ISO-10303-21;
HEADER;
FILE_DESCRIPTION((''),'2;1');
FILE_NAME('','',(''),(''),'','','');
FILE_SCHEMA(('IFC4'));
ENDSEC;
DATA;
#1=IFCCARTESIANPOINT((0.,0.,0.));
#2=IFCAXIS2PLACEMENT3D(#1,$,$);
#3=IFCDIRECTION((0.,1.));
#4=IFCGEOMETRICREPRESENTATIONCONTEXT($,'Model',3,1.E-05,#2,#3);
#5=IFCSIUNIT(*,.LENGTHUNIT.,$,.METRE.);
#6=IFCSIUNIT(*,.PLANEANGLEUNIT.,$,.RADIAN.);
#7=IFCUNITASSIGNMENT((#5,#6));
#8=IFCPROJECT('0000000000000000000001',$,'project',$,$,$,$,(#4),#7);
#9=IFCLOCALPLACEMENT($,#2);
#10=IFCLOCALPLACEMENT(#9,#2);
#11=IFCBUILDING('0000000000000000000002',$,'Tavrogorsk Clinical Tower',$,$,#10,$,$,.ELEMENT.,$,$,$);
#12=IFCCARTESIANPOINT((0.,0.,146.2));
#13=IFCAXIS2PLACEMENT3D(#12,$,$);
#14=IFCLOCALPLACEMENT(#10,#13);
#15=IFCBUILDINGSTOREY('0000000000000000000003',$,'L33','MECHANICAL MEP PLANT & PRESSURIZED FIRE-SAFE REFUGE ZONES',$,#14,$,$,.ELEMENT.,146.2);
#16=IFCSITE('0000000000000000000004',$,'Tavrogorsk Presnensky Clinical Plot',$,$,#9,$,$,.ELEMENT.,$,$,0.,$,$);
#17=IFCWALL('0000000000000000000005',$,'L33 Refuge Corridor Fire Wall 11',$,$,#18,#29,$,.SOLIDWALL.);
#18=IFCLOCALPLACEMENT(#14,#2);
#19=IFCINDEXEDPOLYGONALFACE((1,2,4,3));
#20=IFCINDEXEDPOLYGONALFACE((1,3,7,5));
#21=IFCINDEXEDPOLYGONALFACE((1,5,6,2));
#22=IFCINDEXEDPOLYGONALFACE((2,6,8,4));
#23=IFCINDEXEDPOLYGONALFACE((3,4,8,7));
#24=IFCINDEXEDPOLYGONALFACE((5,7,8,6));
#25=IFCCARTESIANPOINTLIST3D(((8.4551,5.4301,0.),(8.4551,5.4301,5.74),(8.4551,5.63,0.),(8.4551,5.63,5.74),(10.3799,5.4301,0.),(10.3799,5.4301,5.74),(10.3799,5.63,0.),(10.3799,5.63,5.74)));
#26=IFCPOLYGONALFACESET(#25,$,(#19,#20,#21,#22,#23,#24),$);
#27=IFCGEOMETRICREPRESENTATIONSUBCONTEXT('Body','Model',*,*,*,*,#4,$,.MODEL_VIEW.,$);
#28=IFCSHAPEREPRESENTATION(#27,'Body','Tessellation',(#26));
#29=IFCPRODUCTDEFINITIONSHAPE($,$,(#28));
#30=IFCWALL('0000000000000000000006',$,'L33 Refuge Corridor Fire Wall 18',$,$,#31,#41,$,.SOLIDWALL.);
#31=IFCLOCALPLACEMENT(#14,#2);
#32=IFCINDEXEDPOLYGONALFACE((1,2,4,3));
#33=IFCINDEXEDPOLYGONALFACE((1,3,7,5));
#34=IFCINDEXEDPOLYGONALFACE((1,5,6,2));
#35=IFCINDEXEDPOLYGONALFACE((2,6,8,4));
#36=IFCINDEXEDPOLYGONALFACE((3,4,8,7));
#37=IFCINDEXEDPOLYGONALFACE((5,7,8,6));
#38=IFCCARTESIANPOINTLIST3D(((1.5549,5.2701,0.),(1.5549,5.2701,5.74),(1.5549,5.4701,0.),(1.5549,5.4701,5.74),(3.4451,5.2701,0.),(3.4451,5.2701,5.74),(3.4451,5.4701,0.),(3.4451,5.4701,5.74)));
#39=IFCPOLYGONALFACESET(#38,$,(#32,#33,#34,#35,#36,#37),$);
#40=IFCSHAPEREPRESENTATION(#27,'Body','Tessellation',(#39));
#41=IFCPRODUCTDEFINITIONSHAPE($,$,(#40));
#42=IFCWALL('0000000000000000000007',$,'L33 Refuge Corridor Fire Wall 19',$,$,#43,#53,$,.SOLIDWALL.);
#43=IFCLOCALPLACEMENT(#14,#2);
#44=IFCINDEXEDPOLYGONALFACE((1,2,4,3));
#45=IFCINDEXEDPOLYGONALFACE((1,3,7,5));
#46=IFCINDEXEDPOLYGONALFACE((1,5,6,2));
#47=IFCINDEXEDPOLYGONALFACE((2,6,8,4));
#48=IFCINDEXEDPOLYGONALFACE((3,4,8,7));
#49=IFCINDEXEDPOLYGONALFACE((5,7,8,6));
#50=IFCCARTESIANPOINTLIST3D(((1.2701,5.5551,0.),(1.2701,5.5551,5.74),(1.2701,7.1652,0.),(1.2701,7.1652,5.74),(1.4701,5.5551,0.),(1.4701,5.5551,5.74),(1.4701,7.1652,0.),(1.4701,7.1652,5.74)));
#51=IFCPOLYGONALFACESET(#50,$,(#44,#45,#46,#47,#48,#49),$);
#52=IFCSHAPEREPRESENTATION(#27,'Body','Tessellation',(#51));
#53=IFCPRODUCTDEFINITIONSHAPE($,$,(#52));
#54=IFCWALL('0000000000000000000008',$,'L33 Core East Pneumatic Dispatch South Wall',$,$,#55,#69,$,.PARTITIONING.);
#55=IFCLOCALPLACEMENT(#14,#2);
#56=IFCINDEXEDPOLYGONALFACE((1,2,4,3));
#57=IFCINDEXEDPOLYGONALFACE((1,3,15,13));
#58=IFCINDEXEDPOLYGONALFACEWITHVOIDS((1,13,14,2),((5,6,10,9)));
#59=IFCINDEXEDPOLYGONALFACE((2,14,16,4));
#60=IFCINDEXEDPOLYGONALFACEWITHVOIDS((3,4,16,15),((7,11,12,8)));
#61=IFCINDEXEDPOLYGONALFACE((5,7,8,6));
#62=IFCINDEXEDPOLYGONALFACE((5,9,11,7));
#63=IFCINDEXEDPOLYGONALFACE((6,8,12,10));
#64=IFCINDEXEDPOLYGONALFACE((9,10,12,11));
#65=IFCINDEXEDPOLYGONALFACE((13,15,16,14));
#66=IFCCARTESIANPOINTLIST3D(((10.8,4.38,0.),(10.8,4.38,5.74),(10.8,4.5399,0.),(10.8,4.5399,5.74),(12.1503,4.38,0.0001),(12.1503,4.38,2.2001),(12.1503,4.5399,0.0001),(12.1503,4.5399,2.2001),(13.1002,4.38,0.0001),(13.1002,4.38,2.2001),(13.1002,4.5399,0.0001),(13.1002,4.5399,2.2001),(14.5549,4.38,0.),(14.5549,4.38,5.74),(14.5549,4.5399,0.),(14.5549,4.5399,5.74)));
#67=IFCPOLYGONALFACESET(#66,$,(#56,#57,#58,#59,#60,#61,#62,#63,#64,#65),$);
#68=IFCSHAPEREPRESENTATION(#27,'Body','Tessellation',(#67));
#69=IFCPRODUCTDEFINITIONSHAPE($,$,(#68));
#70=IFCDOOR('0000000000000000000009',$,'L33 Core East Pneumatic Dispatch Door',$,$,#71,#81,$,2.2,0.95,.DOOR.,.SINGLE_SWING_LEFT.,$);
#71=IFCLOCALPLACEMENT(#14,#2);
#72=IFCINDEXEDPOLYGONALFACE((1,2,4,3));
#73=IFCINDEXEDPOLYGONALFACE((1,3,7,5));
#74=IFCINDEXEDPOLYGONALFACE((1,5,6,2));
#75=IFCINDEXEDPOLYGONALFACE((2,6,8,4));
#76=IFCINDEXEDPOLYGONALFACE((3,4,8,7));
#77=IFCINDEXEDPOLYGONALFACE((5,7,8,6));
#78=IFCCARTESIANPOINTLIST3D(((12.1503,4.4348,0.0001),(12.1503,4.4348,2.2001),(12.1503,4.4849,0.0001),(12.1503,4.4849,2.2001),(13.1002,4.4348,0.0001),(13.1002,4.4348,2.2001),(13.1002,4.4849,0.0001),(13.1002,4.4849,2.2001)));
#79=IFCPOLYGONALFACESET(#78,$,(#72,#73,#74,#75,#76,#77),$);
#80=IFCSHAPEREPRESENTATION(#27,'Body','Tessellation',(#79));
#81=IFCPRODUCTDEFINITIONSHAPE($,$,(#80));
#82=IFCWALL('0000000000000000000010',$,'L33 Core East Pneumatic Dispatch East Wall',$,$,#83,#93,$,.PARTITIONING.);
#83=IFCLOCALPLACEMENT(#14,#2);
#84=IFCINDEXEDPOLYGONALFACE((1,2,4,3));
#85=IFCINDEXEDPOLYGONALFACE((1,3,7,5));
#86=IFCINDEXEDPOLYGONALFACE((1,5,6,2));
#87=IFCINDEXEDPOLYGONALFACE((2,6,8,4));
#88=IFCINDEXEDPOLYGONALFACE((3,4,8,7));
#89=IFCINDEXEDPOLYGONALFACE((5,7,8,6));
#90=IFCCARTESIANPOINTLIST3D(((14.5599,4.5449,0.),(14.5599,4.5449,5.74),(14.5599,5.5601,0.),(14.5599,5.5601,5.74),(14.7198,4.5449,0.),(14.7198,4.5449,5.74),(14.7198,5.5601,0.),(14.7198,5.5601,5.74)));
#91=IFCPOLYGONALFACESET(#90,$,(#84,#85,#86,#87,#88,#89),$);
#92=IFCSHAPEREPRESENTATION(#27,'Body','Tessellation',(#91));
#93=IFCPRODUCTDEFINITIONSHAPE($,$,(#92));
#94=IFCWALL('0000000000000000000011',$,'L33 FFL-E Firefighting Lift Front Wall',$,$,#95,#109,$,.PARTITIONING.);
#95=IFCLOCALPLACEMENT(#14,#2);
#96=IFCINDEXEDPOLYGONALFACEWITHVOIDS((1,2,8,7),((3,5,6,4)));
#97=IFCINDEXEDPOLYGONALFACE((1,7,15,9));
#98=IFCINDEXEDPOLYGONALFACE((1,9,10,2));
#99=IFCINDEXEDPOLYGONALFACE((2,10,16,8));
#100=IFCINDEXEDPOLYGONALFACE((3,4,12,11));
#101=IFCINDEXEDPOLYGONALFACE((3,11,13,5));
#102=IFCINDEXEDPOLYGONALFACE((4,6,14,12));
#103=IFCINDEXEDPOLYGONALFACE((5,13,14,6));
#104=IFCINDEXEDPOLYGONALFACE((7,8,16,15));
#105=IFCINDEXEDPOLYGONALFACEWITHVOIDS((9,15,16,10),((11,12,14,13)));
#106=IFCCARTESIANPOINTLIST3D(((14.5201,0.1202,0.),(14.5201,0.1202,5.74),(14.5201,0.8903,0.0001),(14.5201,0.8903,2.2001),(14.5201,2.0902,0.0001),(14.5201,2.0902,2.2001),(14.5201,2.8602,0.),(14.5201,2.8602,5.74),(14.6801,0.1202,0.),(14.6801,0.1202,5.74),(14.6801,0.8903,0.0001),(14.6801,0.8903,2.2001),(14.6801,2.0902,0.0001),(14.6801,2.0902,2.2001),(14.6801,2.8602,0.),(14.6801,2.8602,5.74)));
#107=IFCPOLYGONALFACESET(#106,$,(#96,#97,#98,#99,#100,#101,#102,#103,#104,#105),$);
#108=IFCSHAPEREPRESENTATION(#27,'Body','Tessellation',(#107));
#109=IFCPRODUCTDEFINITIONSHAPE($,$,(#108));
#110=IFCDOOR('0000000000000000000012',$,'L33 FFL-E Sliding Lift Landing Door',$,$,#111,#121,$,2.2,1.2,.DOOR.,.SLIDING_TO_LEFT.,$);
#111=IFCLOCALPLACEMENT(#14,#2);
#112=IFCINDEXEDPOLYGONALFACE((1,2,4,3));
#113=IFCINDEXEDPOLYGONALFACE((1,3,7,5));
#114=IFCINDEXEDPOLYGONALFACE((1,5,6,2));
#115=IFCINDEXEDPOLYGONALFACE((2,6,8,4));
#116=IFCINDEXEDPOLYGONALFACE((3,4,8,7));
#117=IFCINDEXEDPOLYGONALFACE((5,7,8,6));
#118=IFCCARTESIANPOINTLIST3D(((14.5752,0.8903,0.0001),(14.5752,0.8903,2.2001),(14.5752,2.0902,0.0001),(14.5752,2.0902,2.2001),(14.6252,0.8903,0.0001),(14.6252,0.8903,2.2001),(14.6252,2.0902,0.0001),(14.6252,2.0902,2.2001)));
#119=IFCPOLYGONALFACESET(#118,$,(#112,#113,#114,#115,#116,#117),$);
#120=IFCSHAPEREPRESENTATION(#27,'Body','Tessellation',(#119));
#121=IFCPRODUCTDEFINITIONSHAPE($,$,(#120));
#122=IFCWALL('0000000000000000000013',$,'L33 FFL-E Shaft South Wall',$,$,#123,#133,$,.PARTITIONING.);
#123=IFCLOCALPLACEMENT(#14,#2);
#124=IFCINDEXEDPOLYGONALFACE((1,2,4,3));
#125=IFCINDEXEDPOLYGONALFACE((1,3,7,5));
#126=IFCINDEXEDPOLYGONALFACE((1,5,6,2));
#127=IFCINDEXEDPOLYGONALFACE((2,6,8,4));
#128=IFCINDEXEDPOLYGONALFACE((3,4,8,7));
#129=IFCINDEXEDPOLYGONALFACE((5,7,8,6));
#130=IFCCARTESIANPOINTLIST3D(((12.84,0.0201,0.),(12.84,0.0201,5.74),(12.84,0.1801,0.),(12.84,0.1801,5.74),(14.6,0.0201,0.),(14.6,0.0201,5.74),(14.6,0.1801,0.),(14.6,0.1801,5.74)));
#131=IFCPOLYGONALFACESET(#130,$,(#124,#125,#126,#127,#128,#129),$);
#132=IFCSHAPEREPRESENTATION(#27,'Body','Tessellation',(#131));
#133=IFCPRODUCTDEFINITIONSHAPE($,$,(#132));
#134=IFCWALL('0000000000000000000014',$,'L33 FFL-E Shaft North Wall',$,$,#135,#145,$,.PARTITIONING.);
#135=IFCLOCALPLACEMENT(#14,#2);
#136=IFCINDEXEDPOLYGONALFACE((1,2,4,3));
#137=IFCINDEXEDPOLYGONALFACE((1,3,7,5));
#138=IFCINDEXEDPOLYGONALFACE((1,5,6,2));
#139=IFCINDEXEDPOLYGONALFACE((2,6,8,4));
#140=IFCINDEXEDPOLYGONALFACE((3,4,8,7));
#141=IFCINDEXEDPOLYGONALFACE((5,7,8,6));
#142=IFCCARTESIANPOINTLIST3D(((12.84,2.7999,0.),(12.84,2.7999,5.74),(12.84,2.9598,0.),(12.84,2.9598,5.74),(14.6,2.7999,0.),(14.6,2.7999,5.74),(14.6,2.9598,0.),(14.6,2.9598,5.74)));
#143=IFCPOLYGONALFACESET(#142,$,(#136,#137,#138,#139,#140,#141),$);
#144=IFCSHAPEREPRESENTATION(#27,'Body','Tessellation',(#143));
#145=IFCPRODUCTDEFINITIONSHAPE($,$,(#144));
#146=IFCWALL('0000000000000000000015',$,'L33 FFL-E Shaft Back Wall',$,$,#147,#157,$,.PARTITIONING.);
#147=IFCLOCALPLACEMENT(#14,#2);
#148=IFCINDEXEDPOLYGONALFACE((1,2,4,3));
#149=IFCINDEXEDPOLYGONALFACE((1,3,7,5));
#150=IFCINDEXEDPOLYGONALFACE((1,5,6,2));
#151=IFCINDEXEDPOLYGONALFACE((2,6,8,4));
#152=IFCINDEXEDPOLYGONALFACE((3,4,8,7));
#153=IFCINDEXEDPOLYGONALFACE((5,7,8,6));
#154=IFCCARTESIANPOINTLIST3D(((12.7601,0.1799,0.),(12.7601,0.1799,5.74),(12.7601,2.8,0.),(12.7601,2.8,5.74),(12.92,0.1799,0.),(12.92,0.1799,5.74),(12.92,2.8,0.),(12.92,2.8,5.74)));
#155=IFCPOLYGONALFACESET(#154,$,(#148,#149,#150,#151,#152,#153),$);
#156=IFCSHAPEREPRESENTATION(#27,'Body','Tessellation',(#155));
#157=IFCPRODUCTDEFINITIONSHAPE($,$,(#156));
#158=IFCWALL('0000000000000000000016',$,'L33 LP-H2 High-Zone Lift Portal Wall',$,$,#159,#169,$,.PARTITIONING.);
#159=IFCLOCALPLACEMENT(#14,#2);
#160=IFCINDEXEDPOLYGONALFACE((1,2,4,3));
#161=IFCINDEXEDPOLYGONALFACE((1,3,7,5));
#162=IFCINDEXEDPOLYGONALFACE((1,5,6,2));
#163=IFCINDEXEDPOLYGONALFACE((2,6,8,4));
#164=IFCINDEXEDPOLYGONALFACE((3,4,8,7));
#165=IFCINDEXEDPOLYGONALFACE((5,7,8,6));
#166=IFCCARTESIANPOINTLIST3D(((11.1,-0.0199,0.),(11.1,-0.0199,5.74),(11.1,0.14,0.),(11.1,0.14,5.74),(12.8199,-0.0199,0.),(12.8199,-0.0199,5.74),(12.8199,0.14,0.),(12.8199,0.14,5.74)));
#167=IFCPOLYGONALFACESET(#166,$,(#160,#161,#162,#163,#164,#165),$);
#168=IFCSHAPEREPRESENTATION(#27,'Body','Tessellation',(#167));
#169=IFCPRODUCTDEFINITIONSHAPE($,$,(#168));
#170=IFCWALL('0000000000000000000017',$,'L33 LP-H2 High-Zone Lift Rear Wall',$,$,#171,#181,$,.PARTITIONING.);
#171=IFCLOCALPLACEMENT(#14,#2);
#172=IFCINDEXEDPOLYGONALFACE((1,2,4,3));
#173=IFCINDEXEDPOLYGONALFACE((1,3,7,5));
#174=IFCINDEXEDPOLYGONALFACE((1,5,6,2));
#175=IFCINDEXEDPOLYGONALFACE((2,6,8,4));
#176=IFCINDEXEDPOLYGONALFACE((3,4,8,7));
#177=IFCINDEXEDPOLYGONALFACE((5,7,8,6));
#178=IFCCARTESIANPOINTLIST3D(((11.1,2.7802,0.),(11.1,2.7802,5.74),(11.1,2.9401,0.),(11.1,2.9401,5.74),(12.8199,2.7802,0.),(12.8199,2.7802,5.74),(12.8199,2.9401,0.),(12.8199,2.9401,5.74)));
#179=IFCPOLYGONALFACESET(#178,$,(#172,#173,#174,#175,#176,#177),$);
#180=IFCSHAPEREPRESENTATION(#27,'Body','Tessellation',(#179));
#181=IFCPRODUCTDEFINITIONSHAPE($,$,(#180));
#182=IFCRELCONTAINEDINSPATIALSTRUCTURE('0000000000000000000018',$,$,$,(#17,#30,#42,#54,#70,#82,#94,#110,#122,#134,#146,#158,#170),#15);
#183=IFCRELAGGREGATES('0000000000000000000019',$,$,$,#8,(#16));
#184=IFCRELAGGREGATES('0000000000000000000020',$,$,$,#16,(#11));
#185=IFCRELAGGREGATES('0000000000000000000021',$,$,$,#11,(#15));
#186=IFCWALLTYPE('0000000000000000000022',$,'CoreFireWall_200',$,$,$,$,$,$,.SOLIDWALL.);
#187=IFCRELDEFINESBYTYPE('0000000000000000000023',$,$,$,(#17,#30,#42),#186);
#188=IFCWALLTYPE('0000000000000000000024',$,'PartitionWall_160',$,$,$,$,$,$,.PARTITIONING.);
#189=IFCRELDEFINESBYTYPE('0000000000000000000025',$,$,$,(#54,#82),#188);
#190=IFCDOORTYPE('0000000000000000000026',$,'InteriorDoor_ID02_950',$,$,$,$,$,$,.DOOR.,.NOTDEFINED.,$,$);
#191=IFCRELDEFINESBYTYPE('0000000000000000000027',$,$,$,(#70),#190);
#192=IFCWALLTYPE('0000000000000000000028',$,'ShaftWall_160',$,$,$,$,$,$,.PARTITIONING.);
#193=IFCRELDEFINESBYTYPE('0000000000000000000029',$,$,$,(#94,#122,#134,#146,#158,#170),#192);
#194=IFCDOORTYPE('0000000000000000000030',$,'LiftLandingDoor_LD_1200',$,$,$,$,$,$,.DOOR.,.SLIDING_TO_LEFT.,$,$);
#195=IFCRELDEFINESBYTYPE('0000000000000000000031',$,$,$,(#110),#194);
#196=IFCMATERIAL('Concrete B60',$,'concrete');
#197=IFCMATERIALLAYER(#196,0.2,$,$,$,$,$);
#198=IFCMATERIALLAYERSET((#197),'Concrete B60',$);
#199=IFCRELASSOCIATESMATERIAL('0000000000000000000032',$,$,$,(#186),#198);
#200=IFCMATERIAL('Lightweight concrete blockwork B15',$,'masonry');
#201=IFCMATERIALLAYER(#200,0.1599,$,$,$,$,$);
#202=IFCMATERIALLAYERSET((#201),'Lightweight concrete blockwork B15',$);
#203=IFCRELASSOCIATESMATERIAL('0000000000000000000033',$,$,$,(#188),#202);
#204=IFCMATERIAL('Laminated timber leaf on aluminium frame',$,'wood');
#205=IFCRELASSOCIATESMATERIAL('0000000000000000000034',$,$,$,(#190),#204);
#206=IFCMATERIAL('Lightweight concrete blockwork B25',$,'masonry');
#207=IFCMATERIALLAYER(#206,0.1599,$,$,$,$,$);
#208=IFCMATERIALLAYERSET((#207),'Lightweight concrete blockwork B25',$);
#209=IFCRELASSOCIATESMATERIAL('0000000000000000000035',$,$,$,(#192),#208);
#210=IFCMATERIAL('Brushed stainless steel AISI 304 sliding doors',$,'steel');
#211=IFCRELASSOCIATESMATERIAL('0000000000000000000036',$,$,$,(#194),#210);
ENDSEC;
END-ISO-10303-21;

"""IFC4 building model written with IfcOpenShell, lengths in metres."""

from ifc_helpers import new_model, si_unit, direction, frame, frame_2d, origin, place, context, subcontext, project, spatial, rectangle, extrude, material, layer, layer_set, type_object, element, fill, save


model = new_model("IFC4")

# Units and contexts
model_context = context("Model", 3, precision=1e-05, world=origin(), true_north=direction((0.0, 1.0)))
body_context = subcontext(model_context, "Body", "Model", "MODEL_VIEW")
ifc_project = project(units=[si_unit("LENGTHUNIT", "METRE"), si_unit("PLANEANGLEUNIT", "RADIAN")], contexts=[model_context])

# Site, building, storey
site_placement = place(None, origin())
site = spatial("IfcSite", under=ifc_project, at=site_placement, Name="Tavrogorsk Presnensky Clinical Plot", CompositionType="ELEMENT", RefElevation=0.0)
building_placement = place(site_placement, origin())
building = spatial("IfcBuilding", under=site, at=building_placement, Name="Tavrogorsk Clinical Tower", CompositionType="ELEMENT")
storey_placement = place(building_placement, frame((0.0, 0.0, 146.2)))
storey = spatial("IfcBuildingStorey", under=building, at=storey_placement, Name="L33", Description="MECHANICAL MEP PLANT & PRESSURIZED FIRE-SAFE REFUGE ZONES", CompositionType="ELEMENT", Elevation=146.2)

# Walls
ifc_material_1 = material(Name="Concrete B60", Category="concrete")
ifc_layer_1 = layer(ifc_material_1, 0.2)
ifc_layer_set_1 = layer_set([ifc_layer_1], Name="Concrete B60")
wall_type_1 = type_object("IfcWallType", Name="CoreFireWall_200", PredefinedType="SOLIDWALL", material=ifc_layer_set_1)
wall_1_placement = place(storey_placement, frame((8.4551, 5.53, 0.0), z_axis=(0.0, 0.0, 1.0), x_axis=(1.0, 0.0, 0.0)))
element("IfcWall", 1, at=wall_1_placement, inside=storey, type_object=wall_type_1, Name="L33 Refuge Corridor Fire Wall 11", PredefinedType="SOLIDWALL", context=body_context, shape_type="SweptSolid", body=[
    extrude(rectangle(XDim=1.9248, YDim=0.2, at=frame_2d((0.9624, 0.0))), origin(), (0.0, 0.0, 1.0), 5.74),
])
wall_2_placement = place(storey_placement, frame((3.4451, 5.3701, 0.0), z_axis=(0.0, 0.0, 1.0), x_axis=(-1.0, 0.0, 0.0)))
element("IfcWall", 2, at=wall_2_placement, inside=storey, type_object=wall_type_1, Name="L33 Refuge Corridor Fire Wall 18", PredefinedType="SOLIDWALL", context=body_context, shape_type="SweptSolid", body=[
    extrude(rectangle(XDim=1.8901, YDim=0.2, at=frame_2d((0.9451, 0.0))), origin(), (0.0, 0.0, 1.0), 5.74),
])
wall_3_placement = place(storey_placement, frame((1.3701, 5.5549, 0.0), z_axis=(0.0, 0.0, 1.0), x_axis=(0.0, 1.0, 0.0)))
element("IfcWall", 3, at=wall_3_placement, inside=storey, type_object=wall_type_1, Name="L33 Refuge Corridor Fire Wall 19", PredefinedType="SOLIDWALL", context=body_context, shape_type="SweptSolid", body=[
    extrude(rectangle(XDim=1.6101, YDim=0.2, at=frame_2d((0.8052, 0.0))), origin(), (0.0, 0.0, 1.0), 5.74),
])

# Wall, opening, door
ifc_material_2 = material(Name="Lightweight concrete blockwork B15", Category="masonry")
ifc_layer_2 = layer(ifc_material_2, 0.1599)
ifc_layer_set_2 = layer_set([ifc_layer_2], Name="Lightweight concrete blockwork B15")
wall_type_2 = type_object("IfcWallType", Name="PartitionWall_160", PredefinedType="PARTITIONING", material=ifc_layer_set_2)
wall_4_placement = place(storey_placement, frame((10.8, 4.46, 0.0), z_axis=(0.0, 0.0, 1.0), x_axis=(1.0, 0.0, 0.0)))
wall_4 = element("IfcWall", 4, at=wall_4_placement, inside=storey, type_object=wall_type_2, Name="L33 Core East Pneumatic Dispatch South Wall", PredefinedType="PARTITIONING", context=body_context, shape_type="SweptSolid", body=[
    extrude(rectangle(XDim=3.7549, YDim=0.1599, at=frame_2d((1.8774, 0.0))), origin(), (0.0, 0.0, 1.0), 5.74),
])
opening_1_placement = place(wall_4_placement, frame((1.3501, 0.0, 0.0)))
opening_1 = element("IfcOpeningElement", 5, at=opening_1_placement, cuts=wall_4, PredefinedType="OPENING", context=body_context, shape_type="SweptSolid", body=[
    extrude(rectangle(XDim=0.95, YDim=2.2, at=frame_2d((0.4751, 1.1001))), frame((0.0, 0.0898, 0.0), z_axis=(0.0, -1.0, 0.0), x_axis=(1.0, 0.0, 0.0)), (0.0, 0.0, 1.0), 0.1799),
])
ifc_material_3 = material(Name="Laminated timber leaf on aluminium frame", Category="wood")
door_type_1 = type_object("IfcDoorType", Name="InteriorDoor_ID02_950", OperationType="NOTDEFINED", PredefinedType="DOOR", material=ifc_material_3)
door_1_placement = place(opening_1_placement, origin())
door_1 = element("IfcDoor", 6, at=door_1_placement, inside=storey, type_object=door_type_1, Name="L33 Core East Pneumatic Dispatch Door", OperationType="SINGLE_SWING_LEFT", OverallHeight=2.2, OverallWidth=0.95, PredefinedType="DOOR", context=body_context, shape_type="SweptSolid", body=[
    extrude(rectangle(XDim=0.95, YDim=2.2, at=frame_2d((0.4751, 1.1001))), frame((0.0, 0.0249, 0.0), z_axis=(0.0, -1.0, 0.0), x_axis=(1.0, 0.0, 0.0)), (0.0, 0.0, 1.0), 0.05),
])
fill(opening_1, door_1)

# Wall
wall_5_placement = place(storey_placement, frame((14.6399, 4.5449, 0.0), z_axis=(0.0, 0.0, 1.0), x_axis=(0.0, 1.0, 0.0)))
element("IfcWall", 7, at=wall_5_placement, inside=storey, type_object=wall_type_2, Name="L33 Core East Pneumatic Dispatch East Wall", PredefinedType="PARTITIONING", context=body_context, shape_type="SweptSolid", body=[
    extrude(rectangle(XDim=1.0151, YDim=0.1599, at=frame_2d((0.5076, 0.0))), origin(), (0.0, 0.0, 1.0), 5.74),
])

# Wall, opening, door
ifc_material_4 = material(Name="Lightweight concrete blockwork B25", Category="masonry")
ifc_layer_3 = layer(ifc_material_4, 0.1599)
ifc_layer_set_3 = layer_set([ifc_layer_3], Name="Lightweight concrete blockwork B25")
wall_type_3 = type_object("IfcWallType", Name="ShaftWall_160", PredefinedType="PARTITIONING", material=ifc_layer_set_3)
wall_6_placement = place(storey_placement, frame((14.6001, 0.1201, 0.0), z_axis=(0.0, 0.0, 1.0), x_axis=(0.0, 1.0, 0.0)))
wall_6 = element("IfcWall", 8, at=wall_6_placement, inside=storey, type_object=wall_type_3, Name="L33 FFL-E Firefighting Lift Front Wall", PredefinedType="PARTITIONING", context=body_context, shape_type="SweptSolid", body=[
    extrude(rectangle(XDim=2.74, YDim=0.1599, at=frame_2d((1.3701, 0.0))), origin(), (0.0, 0.0, 1.0), 5.74),
])
opening_2_placement = place(wall_6_placement, frame((0.77, 0.0, 0.0)))
opening_2 = element("IfcOpeningElement", 9, at=opening_2_placement, cuts=wall_6, PredefinedType="OPENING", context=body_context, shape_type="SweptSolid", body=[
    extrude(rectangle(XDim=1.2, YDim=2.2, at=frame_2d((0.6001, 1.1001))), frame((0.0, 0.0898, 0.0), z_axis=(0.0, -1.0, 0.0), x_axis=(1.0, 0.0, 0.0)), (0.0, 0.0, 1.0), 0.1799),
])
ifc_material_5 = material(Name="Brushed stainless steel AISI 304 sliding doors", Category="steel")
door_type_2 = type_object("IfcDoorType", Name="LiftLandingDoor_LD_1200", OperationType="SLIDING_TO_LEFT", PredefinedType="DOOR", material=ifc_material_5)
door_2_placement = place(opening_2_placement, origin())
door_2 = element("IfcDoor", 10, at=door_2_placement, inside=storey, type_object=door_type_2, Name="L33 FFL-E Sliding Lift Landing Door", OperationType="SLIDING_TO_LEFT", OverallHeight=2.2, OverallWidth=1.2, PredefinedType="DOOR", context=body_context, shape_type="SweptSolid", body=[
    extrude(rectangle(XDim=1.2, YDim=2.2, at=frame_2d((0.6001, 1.1001))), frame((0.0, 0.0249, 0.0), z_axis=(0.0, -1.0, 0.0), x_axis=(1.0, 0.0, 0.0)), (0.0, 0.0, 1.0), 0.05),
])
fill(opening_2, door_2)

# Walls
for number, where, z_axis, x_axis, name in (
    (11, (12.8401, 0.1001, 0.0), (0.0, 0.0, 1.0), (1.0, 0.0, 0.0), "L33 FFL-E Shaft South Wall"),
    (12, (12.8401, 2.8799, 0.0), (0.0, 0.0, 1.0), (1.0, 0.0, 0.0), "L33 FFL-E Shaft North Wall"),
):
    element("IfcWall", number, at=place(storey_placement, frame(where, z_axis=z_axis, x_axis=x_axis)), inside=storey, type_object=wall_type_3, Name=name, PredefinedType="PARTITIONING", context=body_context, shape_type="SweptSolid", body=[
        extrude(rectangle(XDim=1.76, YDim=0.1599, at=frame_2d((0.8799, 0.0))), origin(), (0.0, 0.0, 1.0), 5.74),
    ])
wall_7_placement = place(storey_placement, frame((12.8401, 0.1799, 0.0), z_axis=(0.0, 0.0, 1.0), x_axis=(0.0, 1.0, 0.0)))
element("IfcWall", 13, at=wall_7_placement, inside=storey, type_object=wall_type_3, Name="L33 FFL-E Shaft Back Wall", PredefinedType="PARTITIONING", context=body_context, shape_type="SweptSolid", body=[
    extrude(rectangle(XDim=2.6201, YDim=0.1599, at=frame_2d((1.3101, 0.0))), origin(), (0.0, 0.0, 1.0), 5.74),
])
for number, where, z_axis, x_axis, name in (
    (14, (11.1001, 0.0601, 0.0), (0.0, 0.0, 1.0), (1.0, 0.0, 0.0), "L33 LP-H2 High-Zone Lift Portal Wall"),
    (15, (11.1001, 2.8601, 0.0), (0.0, 0.0, 1.0), (1.0, 0.0, 0.0), "L33 LP-H2 High-Zone Lift Rear Wall"),
):
    element("IfcWall", number, at=place(storey_placement, frame(where, z_axis=z_axis, x_axis=x_axis)), inside=storey, type_object=wall_type_3, Name=name, PredefinedType="PARTITIONING", context=body_context, shape_type="SweptSolid", body=[
        extrude(rectangle(XDim=1.72, YDim=0.1599, at=frame_2d((0.8599, 0.0))), origin(), (0.0, 0.0, 1.0), 5.74),
    ])

save(model, "model.ifc")
